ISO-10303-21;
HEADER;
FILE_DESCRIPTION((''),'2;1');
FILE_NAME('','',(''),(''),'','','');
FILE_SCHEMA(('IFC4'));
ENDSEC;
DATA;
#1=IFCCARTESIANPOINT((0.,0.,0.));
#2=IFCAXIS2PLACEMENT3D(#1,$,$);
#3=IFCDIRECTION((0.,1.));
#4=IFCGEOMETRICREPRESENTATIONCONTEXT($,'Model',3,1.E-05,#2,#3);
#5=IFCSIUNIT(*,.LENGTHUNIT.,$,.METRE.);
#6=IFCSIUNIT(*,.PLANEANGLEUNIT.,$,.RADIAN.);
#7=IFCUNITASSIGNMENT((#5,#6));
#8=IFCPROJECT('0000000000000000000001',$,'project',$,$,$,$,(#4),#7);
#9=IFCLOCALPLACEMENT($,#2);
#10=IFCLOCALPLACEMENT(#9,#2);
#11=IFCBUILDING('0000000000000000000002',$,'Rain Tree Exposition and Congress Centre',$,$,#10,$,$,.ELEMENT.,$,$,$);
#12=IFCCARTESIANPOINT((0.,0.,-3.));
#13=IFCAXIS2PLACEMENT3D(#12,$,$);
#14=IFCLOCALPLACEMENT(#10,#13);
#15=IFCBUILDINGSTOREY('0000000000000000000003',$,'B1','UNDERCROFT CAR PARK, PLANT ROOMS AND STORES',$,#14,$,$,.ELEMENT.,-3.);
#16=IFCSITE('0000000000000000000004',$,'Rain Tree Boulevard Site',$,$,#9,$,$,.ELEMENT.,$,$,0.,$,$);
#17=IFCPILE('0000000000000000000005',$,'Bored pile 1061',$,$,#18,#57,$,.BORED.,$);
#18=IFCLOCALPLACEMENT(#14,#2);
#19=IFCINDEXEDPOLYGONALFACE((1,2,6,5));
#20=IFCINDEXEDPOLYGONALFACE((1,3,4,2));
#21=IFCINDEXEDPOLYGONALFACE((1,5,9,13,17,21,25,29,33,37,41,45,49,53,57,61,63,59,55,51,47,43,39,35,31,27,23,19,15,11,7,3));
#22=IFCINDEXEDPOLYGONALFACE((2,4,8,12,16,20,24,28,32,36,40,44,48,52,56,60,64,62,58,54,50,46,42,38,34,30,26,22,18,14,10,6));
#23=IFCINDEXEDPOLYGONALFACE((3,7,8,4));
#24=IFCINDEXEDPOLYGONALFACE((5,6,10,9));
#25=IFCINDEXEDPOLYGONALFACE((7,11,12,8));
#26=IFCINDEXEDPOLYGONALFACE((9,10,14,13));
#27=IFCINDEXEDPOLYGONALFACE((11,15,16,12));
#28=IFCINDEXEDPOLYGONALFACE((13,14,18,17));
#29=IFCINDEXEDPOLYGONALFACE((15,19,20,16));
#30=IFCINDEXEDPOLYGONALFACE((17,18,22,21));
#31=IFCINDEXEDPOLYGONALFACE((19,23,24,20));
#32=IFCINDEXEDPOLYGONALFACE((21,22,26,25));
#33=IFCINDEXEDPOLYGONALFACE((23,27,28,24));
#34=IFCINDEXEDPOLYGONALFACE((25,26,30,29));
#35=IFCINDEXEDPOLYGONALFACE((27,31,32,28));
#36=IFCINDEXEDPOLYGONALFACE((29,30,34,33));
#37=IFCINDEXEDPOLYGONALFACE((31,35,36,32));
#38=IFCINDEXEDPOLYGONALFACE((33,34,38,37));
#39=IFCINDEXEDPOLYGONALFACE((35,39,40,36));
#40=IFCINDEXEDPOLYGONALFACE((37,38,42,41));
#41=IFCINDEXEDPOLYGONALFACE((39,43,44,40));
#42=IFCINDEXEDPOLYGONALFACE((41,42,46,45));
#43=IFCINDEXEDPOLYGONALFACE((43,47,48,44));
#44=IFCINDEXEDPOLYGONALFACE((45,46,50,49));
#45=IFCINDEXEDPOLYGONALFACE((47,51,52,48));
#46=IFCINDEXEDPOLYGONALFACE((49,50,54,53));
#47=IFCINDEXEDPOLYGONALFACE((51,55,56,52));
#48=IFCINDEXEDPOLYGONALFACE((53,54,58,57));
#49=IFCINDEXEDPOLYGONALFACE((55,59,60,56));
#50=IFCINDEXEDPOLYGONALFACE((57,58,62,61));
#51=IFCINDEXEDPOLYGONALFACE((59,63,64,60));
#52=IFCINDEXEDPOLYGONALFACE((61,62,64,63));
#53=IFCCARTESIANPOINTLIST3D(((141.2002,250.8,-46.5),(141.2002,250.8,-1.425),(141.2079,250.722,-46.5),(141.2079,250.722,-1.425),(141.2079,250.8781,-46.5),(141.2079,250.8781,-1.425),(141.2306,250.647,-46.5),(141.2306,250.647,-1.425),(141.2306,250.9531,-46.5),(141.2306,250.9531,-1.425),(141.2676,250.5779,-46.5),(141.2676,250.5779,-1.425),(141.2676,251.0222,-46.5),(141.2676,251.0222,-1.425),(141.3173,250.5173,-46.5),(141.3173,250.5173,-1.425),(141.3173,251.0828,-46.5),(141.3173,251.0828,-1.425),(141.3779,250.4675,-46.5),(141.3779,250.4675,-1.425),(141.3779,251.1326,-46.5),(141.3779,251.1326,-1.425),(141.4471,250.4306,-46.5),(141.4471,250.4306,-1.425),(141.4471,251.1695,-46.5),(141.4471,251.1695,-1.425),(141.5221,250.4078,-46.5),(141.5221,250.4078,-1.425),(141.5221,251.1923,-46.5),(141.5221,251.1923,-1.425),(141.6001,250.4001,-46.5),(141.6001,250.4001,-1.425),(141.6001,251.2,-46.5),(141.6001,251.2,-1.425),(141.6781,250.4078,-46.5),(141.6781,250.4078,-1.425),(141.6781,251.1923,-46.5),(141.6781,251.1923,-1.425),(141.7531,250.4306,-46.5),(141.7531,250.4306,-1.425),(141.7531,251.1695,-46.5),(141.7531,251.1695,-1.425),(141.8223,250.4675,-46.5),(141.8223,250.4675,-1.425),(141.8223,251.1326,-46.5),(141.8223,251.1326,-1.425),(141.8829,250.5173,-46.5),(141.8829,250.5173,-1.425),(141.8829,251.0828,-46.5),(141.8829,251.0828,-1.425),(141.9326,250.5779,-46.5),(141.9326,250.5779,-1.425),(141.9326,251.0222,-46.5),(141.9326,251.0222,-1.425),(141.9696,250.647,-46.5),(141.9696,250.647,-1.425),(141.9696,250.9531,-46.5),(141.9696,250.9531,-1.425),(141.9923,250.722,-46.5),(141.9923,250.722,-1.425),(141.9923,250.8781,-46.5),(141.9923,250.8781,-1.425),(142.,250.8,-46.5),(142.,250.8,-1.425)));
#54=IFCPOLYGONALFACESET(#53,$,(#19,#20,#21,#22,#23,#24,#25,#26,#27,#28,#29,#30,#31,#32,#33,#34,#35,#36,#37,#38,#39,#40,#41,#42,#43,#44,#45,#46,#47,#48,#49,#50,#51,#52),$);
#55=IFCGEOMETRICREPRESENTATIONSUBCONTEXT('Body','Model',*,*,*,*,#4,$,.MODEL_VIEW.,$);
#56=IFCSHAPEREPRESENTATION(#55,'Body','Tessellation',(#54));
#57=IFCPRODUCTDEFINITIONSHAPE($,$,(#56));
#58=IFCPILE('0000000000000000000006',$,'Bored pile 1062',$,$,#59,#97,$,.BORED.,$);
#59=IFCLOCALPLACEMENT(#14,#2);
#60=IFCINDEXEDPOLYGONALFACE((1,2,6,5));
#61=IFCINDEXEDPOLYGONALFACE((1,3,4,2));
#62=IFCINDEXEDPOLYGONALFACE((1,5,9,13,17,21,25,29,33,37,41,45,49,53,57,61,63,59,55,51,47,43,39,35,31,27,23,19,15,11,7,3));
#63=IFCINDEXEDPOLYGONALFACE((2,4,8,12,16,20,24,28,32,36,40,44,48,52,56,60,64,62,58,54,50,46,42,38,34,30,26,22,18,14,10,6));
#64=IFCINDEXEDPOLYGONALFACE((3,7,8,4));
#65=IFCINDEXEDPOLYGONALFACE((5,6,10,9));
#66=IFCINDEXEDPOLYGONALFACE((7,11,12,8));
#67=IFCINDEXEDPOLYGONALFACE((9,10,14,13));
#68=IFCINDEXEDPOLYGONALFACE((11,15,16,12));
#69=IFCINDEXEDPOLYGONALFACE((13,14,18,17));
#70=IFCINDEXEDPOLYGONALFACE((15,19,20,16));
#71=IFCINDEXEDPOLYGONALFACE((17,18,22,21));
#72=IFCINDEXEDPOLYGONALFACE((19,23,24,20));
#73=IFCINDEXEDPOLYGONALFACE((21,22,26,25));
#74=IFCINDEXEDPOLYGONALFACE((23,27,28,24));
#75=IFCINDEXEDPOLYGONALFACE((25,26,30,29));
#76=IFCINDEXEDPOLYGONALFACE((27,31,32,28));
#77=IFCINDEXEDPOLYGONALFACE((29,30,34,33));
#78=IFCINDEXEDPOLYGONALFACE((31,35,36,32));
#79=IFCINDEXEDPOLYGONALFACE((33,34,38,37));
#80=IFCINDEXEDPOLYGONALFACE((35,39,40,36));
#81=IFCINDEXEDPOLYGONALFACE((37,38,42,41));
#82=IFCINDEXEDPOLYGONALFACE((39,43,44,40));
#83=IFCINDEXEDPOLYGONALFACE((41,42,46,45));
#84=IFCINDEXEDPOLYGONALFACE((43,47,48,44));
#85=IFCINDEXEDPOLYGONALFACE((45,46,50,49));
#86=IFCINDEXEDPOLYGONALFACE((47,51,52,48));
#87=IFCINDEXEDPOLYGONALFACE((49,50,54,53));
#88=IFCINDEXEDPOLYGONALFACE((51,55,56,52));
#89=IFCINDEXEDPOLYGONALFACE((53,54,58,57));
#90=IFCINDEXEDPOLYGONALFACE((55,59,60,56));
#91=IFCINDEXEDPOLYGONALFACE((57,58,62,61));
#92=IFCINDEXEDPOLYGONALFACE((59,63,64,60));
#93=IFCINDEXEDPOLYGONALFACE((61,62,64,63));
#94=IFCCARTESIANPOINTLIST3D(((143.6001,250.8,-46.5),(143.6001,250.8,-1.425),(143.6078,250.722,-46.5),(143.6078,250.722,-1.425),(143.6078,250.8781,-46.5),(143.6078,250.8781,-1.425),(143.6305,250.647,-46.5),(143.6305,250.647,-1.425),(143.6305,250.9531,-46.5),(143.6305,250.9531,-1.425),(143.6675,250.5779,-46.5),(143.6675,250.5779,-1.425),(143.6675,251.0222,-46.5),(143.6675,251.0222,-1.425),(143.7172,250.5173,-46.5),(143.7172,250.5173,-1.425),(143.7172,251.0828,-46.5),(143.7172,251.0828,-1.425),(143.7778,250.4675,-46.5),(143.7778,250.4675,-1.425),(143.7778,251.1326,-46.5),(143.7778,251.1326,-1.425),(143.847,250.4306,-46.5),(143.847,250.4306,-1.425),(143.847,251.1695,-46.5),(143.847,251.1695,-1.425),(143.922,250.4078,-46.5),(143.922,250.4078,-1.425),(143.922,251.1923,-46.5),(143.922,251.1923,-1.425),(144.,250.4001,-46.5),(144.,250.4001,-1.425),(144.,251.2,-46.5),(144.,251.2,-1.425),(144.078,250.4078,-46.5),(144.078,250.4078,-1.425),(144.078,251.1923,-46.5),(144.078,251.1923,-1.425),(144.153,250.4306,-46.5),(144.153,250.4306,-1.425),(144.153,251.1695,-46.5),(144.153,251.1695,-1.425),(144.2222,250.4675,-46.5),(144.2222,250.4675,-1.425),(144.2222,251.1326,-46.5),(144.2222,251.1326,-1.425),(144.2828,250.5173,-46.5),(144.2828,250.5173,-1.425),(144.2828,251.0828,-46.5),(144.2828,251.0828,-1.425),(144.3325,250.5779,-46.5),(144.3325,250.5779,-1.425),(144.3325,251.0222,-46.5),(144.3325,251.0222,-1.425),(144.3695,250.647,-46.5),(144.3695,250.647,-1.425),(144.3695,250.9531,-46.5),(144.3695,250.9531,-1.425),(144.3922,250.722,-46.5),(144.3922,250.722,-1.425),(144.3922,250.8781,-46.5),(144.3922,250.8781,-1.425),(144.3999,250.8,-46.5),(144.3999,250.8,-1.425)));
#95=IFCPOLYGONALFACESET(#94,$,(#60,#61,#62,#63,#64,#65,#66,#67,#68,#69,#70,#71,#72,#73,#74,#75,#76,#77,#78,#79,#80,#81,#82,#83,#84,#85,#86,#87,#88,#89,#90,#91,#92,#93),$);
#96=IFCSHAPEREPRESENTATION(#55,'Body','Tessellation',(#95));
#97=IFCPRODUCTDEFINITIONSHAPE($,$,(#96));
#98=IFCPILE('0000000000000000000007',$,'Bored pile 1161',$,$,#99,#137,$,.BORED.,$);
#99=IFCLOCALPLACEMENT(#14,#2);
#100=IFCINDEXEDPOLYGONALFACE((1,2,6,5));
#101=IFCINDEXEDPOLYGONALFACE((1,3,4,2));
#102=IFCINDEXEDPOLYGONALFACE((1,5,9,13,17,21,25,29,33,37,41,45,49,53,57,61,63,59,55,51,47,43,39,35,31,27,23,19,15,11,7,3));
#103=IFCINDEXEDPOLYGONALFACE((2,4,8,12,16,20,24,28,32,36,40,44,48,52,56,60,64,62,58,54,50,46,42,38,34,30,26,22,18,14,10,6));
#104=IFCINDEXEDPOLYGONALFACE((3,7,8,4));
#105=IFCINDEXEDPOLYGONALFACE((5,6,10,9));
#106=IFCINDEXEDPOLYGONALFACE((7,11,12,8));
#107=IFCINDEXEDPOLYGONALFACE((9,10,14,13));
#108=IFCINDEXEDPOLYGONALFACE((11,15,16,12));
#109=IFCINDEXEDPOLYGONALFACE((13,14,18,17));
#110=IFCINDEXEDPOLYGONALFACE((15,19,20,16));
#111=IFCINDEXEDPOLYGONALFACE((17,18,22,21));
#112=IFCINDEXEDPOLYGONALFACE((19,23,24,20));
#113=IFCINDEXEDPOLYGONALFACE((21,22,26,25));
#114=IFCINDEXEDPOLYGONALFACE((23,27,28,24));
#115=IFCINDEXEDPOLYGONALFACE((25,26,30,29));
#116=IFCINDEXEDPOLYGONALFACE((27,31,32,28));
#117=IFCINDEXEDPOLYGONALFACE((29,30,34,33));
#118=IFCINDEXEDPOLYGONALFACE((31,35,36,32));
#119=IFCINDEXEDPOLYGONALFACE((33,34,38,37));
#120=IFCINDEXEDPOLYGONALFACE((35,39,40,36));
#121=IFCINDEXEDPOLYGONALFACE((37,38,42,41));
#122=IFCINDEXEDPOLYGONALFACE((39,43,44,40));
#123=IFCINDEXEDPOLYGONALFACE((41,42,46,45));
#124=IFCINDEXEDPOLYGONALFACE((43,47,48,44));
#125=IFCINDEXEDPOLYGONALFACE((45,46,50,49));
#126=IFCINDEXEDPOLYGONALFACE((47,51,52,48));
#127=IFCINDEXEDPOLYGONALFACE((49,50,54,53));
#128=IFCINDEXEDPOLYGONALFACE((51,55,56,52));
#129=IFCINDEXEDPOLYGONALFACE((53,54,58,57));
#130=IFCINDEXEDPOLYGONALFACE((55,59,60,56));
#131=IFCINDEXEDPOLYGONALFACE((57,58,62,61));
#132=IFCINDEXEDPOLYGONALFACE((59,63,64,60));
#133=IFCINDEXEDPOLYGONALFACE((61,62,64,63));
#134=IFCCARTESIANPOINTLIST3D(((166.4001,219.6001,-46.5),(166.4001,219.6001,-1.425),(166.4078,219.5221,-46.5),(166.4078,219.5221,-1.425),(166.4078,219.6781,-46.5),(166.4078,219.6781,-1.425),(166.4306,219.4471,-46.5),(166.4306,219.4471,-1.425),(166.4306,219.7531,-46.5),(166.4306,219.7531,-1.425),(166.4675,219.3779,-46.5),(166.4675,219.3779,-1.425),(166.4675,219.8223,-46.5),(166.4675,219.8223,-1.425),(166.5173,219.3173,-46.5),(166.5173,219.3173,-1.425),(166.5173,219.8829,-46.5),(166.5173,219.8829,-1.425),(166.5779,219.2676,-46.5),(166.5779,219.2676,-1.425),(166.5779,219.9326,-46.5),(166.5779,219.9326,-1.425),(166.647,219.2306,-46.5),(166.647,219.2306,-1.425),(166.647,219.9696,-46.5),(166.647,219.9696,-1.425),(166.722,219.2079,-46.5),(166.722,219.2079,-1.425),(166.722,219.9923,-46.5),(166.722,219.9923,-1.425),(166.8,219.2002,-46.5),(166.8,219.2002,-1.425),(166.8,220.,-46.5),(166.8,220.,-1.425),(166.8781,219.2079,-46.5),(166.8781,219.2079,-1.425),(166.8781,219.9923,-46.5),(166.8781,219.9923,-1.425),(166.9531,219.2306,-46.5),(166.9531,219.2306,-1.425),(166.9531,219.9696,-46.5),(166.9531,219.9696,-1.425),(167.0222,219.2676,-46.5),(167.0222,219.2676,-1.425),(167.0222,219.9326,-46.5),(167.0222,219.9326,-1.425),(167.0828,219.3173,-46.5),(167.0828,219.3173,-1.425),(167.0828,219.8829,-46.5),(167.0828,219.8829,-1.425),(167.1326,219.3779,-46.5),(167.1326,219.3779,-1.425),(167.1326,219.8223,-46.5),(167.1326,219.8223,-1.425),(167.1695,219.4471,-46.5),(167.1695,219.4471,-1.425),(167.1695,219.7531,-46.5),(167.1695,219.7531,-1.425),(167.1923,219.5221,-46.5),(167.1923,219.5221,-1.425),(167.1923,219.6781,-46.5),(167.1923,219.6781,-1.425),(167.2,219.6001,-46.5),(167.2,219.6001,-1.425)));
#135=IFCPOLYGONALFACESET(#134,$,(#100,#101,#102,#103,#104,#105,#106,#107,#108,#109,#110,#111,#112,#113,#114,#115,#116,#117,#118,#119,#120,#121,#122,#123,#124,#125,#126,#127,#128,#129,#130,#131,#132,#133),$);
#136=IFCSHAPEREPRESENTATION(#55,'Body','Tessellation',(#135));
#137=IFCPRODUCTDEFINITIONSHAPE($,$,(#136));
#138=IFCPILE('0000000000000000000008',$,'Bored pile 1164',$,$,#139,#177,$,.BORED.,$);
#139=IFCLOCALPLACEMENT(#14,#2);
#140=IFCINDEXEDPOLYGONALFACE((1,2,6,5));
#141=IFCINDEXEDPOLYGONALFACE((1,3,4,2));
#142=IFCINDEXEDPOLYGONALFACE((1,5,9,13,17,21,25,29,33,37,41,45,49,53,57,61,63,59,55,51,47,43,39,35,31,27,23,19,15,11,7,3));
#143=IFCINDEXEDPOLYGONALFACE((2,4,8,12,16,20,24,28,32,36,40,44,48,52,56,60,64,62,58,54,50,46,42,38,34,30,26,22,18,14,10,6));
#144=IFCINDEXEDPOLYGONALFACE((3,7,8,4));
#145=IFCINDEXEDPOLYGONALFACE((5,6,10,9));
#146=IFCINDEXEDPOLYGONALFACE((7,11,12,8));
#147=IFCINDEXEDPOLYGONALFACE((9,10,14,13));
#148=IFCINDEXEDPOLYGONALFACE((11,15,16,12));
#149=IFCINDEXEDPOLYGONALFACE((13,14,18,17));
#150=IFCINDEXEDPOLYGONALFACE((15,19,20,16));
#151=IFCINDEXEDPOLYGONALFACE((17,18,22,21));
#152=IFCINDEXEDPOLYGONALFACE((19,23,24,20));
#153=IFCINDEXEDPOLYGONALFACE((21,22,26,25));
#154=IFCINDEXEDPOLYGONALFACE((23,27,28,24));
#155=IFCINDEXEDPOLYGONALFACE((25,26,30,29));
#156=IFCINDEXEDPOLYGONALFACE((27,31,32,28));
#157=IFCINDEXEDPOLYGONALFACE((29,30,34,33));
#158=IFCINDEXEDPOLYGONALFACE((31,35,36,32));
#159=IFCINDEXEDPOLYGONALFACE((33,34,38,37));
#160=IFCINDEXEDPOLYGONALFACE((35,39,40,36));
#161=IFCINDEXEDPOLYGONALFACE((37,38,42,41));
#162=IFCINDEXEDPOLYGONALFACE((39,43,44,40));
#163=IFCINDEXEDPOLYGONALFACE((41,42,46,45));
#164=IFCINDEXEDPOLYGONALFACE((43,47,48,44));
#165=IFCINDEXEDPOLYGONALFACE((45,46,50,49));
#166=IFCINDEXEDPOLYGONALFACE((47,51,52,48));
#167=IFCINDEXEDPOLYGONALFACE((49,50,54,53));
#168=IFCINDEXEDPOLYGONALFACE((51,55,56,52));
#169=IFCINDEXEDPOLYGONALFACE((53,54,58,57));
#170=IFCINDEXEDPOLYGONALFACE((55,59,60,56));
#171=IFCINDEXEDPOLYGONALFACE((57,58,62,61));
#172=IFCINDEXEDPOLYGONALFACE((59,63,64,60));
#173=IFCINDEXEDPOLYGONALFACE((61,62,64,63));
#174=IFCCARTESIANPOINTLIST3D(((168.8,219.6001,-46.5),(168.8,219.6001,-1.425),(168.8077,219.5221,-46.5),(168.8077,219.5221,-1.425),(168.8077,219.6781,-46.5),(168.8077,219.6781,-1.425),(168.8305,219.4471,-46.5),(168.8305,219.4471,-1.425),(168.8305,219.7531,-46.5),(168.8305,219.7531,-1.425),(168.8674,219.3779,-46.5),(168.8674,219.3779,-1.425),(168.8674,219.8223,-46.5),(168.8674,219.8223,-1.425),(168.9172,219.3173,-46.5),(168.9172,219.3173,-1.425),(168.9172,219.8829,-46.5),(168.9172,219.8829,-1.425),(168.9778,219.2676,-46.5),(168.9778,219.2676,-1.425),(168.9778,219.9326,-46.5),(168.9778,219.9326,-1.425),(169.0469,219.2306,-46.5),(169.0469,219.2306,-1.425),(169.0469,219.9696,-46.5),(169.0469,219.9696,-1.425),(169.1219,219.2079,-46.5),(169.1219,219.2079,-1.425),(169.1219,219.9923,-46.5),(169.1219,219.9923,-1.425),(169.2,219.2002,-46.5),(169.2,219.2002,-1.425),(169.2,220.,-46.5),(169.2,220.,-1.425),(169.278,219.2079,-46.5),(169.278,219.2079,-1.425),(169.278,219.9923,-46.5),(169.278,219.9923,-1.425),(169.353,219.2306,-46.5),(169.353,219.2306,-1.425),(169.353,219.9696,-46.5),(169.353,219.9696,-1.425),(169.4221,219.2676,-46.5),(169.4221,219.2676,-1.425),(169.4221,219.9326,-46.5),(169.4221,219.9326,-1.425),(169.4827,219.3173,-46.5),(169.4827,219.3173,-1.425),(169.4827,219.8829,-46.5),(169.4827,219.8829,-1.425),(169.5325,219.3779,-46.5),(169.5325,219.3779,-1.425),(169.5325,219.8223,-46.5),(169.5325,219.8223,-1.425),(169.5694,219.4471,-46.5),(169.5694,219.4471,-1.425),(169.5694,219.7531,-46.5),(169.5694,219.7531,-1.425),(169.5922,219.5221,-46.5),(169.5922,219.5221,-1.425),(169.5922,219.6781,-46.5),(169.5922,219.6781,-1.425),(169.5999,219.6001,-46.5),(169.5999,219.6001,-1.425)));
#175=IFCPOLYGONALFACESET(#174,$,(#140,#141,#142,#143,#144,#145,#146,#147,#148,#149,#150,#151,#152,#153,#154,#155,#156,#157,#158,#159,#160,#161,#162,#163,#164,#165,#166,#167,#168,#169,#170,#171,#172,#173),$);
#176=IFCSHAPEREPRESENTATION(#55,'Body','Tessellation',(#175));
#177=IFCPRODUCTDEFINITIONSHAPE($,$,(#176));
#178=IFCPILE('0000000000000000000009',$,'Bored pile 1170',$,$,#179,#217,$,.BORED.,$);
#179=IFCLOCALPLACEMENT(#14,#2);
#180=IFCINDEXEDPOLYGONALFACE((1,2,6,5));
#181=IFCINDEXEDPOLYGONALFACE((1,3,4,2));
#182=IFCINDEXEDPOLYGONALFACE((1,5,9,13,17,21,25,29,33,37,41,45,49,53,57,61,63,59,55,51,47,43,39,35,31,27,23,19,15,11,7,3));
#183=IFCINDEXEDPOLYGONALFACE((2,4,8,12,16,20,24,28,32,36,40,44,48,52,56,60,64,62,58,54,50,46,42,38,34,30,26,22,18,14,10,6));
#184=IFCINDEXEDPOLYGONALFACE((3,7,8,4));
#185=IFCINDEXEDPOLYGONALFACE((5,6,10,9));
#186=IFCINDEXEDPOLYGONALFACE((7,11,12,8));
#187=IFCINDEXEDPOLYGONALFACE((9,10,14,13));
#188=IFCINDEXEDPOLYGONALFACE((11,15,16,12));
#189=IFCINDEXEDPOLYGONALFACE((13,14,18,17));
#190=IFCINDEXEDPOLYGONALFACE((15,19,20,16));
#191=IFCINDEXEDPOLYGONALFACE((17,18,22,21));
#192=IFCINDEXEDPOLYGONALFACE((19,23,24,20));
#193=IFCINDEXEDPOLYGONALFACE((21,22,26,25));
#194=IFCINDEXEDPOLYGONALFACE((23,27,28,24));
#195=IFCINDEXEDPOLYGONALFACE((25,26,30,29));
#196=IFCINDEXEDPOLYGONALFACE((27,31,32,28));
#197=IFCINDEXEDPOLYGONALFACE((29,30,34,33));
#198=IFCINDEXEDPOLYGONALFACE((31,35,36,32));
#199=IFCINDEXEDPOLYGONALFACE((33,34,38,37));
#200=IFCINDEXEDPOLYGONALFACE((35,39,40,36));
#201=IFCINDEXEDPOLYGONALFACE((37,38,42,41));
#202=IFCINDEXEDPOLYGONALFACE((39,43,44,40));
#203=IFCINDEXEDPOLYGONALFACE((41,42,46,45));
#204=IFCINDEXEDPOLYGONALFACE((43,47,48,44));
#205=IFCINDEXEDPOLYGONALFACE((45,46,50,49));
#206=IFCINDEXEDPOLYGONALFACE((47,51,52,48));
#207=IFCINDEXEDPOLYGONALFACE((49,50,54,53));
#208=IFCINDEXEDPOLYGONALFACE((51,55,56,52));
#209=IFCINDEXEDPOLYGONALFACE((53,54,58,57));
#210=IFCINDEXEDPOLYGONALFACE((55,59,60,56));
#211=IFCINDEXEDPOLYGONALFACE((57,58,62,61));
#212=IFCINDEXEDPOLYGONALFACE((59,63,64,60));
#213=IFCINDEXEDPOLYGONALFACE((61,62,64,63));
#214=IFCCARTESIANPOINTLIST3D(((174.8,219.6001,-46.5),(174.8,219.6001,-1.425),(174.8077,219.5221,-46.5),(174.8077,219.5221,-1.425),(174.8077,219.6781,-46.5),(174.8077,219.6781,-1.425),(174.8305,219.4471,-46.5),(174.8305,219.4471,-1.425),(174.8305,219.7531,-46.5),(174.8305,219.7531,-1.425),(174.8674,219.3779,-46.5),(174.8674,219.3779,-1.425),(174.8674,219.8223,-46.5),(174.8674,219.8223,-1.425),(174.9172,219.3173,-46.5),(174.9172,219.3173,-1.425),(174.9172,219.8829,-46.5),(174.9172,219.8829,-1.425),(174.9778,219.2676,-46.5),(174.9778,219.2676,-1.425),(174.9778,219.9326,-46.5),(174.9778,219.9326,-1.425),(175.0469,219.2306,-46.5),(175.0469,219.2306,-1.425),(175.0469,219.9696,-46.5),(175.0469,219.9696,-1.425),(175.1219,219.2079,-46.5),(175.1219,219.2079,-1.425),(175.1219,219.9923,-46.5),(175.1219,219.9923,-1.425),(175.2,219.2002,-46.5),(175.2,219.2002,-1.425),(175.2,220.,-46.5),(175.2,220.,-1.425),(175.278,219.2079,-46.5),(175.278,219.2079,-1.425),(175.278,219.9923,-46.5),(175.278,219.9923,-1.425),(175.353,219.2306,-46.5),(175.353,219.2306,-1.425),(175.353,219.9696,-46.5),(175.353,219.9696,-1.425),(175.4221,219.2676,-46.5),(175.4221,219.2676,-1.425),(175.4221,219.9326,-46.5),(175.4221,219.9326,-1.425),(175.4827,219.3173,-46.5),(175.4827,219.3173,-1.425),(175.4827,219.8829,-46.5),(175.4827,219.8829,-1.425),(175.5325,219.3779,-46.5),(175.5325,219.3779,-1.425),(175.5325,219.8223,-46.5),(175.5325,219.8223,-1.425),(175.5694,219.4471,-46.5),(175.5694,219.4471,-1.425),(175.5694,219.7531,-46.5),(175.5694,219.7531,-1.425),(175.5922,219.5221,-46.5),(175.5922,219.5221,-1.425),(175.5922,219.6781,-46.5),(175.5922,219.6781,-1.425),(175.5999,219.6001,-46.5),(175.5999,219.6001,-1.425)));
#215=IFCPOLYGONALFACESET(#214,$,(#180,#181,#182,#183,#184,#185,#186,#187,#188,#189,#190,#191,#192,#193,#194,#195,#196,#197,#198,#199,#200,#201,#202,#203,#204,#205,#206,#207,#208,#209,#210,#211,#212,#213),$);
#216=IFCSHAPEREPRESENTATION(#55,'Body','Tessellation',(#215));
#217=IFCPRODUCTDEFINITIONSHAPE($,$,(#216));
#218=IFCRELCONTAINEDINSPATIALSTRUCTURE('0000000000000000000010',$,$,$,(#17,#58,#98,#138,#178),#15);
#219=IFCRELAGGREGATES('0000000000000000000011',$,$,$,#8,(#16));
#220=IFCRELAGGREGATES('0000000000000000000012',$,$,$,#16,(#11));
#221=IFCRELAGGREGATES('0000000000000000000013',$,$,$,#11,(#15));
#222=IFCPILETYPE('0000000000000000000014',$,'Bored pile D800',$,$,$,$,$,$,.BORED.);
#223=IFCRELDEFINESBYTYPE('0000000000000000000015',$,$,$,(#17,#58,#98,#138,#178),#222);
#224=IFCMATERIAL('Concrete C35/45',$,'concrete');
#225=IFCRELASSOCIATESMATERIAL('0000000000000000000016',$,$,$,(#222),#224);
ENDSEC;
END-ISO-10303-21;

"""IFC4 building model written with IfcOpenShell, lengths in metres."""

from ifc_helpers import new_model, si_unit, direction, frame, origin, origin_2d, place, context, subcontext, project, spatial, circle, extrude, material, material_profile, profile_set, type_object, element, save


model = new_model("IFC4")

# Units and contexts
model_context = context("Model", 3, precision=1e-05, world=origin(), true_north=direction((0.0, 1.0)))
body_context = subcontext(model_context, "Body", "Model", "MODEL_VIEW")
ifc_project = project(units=[si_unit("LENGTHUNIT", "METRE"), si_unit("PLANEANGLEUNIT", "RADIAN")], contexts=[model_context])

# Site, building, storey
site_placement = place(None, origin())
site = spatial("IfcSite", under=ifc_project, at=site_placement, Name="Rain Tree Boulevard Site", CompositionType="ELEMENT", RefElevation=0.0)
building_placement = place(site_placement, origin())
building = spatial("IfcBuilding", under=site, at=building_placement, Name="Rain Tree Exposition and Congress Centre", CompositionType="ELEMENT")
storey_placement = place(building_placement, frame((0.0, 0.0, -3.0)))
storey = spatial("IfcBuildingStorey", under=building, at=storey_placement, Name="B1", Description="UNDERCROFT CAR PARK, PLANT ROOMS AND STORES", CompositionType="ELEMENT", Elevation=-3.0)

# Piles
ifc_material_1 = material(Name="Concrete C35/45", Category="concrete")
ifc_material_profile_1 = material_profile(ifc_material_1, circle(Radius=0.3999, at=origin_2d()), Name="D800")
ifc_profile_set_1 = profile_set([ifc_material_profile_1], Name="Concrete C35/45")
pile_type = type_object("IfcPileType", Name="Bored pile D800", PredefinedType="BORED", material=ifc_profile_set_1)
for number, where, z_axis, x_axis, name in (
    (1, (141.6001, 250.8, -1.425), (0.0, 0.0, -1.0), (1.0, 0.0, 0.0), "Bored pile 1061"),
    (2, (144.0, 250.8, -1.425), (0.0, 0.0, -1.0), (1.0, 0.0, 0.0), "Bored pile 1062"),
    (3, (166.8, 219.6001, -1.425), (0.0, 0.0, -1.0), (1.0, 0.0, 0.0), "Bored pile 1161"),
    (4, (169.2, 219.6001, -1.425), (0.0, 0.0, -1.0), (1.0, 0.0, 0.0), "Bored pile 1164"),
    (5, (175.2, 219.6001, -1.425), (0.0, 0.0, -1.0), (1.0, 0.0, 0.0), "Bored pile 1170"),
):
    element("IfcPile", number, at=place(storey_placement, frame(where, z_axis=z_axis, x_axis=x_axis)), inside=storey, type_object=pile_type, Name=name, PredefinedType="BORED", context=body_context, shape_type="SweptSolid", body=[
        extrude(circle(Radius=0.3999, at=origin_2d()), origin(), (0.0, 0.0, 1.0), 45.075),
    ])

save(model, "model.ifc")
